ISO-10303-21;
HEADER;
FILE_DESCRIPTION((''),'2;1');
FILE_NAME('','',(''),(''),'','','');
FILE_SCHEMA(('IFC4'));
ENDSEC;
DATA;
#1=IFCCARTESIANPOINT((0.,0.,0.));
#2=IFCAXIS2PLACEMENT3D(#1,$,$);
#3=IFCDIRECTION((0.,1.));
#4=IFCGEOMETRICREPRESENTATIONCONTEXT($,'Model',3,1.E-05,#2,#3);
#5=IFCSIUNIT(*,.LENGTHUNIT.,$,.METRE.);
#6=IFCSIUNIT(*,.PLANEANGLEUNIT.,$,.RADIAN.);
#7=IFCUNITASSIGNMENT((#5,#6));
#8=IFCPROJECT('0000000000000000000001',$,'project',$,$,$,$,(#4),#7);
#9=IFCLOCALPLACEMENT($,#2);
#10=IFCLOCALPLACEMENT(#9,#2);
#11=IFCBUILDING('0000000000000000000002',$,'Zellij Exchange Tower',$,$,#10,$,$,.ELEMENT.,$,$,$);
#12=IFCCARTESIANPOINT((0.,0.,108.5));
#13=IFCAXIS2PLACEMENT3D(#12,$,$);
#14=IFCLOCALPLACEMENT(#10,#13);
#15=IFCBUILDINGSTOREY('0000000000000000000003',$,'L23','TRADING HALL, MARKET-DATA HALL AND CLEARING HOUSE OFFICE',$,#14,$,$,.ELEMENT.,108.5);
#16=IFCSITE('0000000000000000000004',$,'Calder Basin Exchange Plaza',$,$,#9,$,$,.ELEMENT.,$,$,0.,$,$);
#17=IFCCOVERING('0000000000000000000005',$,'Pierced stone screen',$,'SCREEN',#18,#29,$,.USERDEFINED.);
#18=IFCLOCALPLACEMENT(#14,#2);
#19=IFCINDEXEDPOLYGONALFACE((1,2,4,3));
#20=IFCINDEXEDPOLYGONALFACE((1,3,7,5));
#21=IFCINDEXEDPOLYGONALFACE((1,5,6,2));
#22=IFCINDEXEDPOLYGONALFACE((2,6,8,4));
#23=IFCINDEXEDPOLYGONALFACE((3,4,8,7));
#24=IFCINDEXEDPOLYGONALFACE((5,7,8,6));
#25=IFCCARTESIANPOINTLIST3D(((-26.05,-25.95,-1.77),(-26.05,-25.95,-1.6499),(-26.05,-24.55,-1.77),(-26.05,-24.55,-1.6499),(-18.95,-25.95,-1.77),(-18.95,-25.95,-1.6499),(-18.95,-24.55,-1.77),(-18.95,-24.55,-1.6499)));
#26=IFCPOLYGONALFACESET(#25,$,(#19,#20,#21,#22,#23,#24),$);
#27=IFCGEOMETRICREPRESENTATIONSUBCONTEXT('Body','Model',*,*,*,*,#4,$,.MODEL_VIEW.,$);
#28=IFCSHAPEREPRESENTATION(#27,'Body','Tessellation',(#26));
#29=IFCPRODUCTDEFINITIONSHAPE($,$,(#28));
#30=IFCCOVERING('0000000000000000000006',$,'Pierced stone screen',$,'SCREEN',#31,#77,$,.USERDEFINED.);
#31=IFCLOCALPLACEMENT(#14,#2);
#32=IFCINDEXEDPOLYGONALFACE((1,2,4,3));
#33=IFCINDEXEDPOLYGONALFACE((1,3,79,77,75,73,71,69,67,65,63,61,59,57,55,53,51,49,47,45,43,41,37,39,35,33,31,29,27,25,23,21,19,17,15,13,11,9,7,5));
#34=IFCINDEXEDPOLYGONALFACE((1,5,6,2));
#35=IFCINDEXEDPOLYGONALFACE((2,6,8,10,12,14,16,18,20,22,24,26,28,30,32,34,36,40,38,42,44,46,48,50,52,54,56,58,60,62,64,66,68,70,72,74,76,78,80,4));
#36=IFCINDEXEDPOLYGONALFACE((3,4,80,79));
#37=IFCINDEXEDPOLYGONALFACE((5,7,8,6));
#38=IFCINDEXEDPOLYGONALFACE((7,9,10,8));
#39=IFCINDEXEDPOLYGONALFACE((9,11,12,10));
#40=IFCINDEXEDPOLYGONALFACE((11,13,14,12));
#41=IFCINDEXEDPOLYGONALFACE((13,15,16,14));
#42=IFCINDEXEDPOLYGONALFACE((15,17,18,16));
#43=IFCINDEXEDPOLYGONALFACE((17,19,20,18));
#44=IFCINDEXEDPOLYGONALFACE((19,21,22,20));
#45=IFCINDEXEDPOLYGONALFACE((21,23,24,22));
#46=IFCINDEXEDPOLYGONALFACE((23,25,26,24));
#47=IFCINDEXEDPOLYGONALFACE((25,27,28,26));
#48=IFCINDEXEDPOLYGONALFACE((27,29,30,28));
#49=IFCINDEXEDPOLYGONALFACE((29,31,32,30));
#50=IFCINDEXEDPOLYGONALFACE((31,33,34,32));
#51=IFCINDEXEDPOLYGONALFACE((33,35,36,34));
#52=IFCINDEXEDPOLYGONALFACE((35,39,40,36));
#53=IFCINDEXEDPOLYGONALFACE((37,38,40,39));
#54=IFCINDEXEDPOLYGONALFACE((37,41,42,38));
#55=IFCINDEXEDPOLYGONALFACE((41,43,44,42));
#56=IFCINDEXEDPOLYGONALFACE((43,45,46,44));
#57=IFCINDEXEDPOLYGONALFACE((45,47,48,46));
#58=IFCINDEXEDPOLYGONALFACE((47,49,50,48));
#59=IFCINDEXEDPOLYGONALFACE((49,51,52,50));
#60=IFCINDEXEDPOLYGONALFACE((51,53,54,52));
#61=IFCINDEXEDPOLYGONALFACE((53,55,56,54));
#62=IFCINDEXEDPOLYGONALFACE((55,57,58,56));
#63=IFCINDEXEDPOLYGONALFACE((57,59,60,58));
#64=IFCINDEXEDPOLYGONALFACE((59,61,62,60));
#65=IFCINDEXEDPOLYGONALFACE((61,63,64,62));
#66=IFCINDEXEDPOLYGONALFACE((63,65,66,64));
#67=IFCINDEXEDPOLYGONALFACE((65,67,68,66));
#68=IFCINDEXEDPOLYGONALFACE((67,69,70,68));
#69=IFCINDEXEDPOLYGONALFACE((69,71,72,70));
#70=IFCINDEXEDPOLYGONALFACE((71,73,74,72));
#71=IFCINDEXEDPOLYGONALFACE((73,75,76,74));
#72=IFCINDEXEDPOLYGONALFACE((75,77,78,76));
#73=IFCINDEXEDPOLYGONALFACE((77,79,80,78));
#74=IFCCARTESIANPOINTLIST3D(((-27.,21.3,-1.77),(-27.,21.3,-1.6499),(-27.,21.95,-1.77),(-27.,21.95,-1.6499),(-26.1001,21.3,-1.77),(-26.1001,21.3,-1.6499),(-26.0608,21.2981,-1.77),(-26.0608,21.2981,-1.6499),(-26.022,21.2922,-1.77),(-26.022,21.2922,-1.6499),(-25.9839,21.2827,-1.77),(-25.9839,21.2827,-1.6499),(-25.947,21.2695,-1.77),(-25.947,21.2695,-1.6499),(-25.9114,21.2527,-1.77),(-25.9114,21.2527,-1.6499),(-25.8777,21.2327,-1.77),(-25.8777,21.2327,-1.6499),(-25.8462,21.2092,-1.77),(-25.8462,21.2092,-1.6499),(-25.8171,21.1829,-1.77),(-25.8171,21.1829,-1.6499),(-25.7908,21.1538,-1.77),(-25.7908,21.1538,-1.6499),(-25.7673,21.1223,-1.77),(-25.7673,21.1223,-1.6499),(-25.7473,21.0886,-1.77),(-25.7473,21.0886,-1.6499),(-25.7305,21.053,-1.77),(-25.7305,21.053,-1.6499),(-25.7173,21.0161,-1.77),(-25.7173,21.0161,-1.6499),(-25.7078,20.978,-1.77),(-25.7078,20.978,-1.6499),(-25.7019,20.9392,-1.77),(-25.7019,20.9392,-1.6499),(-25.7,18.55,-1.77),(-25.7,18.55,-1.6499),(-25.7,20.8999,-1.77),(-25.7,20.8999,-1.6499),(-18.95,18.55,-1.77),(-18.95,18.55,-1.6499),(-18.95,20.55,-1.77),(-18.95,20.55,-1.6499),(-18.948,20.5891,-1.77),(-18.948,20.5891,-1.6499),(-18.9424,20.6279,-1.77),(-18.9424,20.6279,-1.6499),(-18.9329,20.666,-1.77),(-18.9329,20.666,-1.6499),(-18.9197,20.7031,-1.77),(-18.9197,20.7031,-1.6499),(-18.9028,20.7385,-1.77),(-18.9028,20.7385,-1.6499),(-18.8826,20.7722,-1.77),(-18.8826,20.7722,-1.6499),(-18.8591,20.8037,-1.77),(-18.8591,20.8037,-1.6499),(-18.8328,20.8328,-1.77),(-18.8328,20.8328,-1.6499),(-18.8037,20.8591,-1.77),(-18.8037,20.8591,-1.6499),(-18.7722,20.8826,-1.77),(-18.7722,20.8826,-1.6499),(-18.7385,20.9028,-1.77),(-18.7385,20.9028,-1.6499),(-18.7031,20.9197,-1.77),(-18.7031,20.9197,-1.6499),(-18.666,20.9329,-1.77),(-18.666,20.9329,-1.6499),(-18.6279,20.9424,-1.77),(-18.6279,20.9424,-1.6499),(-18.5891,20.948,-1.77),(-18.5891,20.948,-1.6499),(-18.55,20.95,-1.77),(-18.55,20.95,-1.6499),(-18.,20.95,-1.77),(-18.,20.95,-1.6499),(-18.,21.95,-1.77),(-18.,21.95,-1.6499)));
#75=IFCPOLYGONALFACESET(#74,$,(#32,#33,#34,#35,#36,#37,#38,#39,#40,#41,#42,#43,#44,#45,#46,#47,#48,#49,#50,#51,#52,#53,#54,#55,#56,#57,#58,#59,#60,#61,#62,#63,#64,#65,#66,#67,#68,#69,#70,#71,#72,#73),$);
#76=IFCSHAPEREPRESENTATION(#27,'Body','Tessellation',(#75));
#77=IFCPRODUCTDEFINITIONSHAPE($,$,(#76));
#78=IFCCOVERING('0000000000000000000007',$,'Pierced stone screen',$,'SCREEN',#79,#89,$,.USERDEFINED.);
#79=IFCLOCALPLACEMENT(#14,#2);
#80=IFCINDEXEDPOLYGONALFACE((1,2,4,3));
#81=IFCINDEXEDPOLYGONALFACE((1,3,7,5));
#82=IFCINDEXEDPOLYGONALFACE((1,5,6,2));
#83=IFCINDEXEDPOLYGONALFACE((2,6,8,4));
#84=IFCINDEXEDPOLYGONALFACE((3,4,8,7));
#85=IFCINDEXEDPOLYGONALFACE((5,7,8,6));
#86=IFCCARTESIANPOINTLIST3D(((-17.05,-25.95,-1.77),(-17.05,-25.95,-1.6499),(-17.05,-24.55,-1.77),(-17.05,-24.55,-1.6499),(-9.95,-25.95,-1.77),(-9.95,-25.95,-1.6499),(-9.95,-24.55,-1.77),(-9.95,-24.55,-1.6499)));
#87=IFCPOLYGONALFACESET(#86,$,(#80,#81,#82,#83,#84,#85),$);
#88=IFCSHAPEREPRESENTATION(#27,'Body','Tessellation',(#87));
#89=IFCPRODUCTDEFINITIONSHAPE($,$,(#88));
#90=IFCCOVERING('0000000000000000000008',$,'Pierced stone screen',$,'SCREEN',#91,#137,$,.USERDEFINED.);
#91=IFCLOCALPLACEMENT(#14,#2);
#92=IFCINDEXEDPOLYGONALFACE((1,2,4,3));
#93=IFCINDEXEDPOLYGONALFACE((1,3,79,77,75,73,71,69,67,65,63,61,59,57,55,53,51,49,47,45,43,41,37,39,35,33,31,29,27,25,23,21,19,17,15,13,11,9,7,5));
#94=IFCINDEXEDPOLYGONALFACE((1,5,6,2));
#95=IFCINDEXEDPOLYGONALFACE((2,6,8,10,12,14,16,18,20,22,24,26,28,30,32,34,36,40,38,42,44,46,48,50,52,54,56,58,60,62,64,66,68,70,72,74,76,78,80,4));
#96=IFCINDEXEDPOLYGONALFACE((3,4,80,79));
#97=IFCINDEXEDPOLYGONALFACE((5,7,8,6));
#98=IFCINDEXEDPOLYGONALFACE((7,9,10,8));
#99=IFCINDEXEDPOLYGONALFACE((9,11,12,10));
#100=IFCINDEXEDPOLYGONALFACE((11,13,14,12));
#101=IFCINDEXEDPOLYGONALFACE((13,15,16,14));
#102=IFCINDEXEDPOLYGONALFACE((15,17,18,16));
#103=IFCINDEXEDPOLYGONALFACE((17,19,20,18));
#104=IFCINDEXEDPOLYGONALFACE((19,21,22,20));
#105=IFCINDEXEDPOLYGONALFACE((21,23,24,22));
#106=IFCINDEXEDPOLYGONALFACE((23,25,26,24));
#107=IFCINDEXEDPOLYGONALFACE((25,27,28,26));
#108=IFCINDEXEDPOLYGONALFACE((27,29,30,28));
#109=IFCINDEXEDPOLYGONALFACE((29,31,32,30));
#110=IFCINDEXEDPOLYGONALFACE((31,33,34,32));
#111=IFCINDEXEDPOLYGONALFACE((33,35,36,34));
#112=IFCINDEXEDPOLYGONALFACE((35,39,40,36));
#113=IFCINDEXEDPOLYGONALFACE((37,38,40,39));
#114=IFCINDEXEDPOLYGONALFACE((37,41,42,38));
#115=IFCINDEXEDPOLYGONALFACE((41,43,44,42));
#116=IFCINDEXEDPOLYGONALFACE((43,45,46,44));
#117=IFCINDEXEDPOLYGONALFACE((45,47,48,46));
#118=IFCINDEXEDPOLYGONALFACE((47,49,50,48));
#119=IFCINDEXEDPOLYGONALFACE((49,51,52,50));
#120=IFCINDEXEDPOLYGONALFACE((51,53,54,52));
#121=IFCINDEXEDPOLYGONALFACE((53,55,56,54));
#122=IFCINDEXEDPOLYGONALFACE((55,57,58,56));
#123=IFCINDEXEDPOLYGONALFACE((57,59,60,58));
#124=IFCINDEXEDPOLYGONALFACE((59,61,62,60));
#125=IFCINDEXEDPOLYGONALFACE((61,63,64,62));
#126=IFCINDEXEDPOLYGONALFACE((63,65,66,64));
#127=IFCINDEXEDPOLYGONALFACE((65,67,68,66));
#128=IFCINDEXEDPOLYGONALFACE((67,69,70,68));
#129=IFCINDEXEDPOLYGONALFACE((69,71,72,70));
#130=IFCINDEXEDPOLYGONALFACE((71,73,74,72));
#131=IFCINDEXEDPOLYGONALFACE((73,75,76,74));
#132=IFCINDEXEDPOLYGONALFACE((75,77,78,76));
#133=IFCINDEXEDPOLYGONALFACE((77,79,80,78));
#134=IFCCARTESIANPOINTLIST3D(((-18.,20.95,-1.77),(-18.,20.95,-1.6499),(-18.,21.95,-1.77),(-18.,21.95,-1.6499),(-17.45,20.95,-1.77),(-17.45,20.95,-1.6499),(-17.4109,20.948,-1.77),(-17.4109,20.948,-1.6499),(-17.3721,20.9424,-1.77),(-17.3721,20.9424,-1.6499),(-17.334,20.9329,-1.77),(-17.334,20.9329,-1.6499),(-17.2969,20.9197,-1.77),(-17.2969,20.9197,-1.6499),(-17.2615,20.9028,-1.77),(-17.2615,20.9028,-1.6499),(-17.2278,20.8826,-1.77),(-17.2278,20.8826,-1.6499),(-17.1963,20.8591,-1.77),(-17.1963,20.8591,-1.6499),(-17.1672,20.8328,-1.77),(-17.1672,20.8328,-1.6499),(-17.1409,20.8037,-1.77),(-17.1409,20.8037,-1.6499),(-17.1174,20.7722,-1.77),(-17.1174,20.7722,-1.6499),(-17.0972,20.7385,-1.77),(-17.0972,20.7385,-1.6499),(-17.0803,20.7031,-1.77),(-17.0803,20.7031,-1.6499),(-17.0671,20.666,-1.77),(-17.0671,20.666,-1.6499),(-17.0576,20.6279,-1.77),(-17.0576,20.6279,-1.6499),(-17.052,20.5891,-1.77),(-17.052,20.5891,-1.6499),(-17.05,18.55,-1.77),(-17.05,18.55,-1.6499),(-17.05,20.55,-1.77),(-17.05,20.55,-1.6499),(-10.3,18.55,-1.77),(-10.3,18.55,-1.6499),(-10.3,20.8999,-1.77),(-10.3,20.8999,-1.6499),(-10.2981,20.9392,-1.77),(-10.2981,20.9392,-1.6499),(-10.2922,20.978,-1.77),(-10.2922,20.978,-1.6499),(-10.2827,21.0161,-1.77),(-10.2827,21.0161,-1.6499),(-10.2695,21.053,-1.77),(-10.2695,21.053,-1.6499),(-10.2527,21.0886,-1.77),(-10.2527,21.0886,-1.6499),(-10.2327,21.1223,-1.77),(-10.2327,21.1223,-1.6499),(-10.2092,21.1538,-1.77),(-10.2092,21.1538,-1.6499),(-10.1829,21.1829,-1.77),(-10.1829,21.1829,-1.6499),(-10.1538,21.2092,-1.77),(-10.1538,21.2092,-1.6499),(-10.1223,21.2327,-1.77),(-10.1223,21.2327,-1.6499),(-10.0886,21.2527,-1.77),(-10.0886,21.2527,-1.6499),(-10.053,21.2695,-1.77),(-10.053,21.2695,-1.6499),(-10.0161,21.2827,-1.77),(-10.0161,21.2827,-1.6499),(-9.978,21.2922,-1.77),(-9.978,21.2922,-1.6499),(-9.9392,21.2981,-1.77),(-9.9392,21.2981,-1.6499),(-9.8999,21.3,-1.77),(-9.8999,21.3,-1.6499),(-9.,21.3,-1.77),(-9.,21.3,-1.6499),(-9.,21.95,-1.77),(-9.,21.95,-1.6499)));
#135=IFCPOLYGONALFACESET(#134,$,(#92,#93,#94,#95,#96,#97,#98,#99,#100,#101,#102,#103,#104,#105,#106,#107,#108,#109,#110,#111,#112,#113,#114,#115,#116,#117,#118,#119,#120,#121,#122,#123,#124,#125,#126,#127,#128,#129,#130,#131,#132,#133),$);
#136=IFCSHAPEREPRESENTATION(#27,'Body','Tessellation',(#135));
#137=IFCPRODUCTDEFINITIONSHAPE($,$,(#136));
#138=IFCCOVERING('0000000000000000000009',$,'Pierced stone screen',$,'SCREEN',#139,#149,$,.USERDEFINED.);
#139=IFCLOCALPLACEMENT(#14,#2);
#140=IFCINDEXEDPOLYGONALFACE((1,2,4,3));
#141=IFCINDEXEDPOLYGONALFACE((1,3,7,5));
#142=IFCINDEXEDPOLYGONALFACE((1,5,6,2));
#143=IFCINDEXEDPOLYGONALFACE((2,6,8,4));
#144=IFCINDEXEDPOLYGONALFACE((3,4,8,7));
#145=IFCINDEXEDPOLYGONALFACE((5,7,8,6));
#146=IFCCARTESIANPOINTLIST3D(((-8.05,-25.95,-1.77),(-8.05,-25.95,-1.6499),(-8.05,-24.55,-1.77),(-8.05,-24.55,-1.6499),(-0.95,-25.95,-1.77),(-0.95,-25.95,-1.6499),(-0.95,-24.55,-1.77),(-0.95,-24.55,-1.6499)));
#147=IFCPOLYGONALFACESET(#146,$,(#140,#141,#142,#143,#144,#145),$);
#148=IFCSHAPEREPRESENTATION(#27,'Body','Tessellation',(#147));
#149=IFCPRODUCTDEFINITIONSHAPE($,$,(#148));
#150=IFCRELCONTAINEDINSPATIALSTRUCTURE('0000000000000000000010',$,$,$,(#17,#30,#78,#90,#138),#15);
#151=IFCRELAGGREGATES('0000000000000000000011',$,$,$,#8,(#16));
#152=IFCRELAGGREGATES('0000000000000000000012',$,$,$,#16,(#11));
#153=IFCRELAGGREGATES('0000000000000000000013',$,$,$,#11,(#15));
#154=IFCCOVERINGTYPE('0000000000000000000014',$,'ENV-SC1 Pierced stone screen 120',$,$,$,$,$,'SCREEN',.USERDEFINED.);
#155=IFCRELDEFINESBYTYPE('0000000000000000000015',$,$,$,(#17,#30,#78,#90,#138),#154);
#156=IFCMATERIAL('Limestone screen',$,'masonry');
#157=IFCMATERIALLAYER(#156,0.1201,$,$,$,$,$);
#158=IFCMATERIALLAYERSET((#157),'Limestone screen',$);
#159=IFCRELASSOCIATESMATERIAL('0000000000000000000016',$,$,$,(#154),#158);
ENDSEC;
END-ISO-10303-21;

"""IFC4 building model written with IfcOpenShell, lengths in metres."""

from ifc_helpers import new_model, si_unit, direction, frame, origin, place, context, subcontext, project, spatial, polyline, outline, extrude, material, layer, layer_set, type_object, element, save


model = new_model("IFC4")

# Units and contexts
model_context = context("Model", 3, precision=1e-05, world=origin(), true_north=direction((0.0, 1.0)))
body_context = subcontext(model_context, "Body", "Model", "MODEL_VIEW")
ifc_project = project(units=[si_unit("LENGTHUNIT", "METRE"), si_unit("PLANEANGLEUNIT", "RADIAN")], contexts=[model_context])

# Site, building, storey
site_placement = place(None, origin())
site = spatial("IfcSite", under=ifc_project, at=site_placement, Name="Calder Basin Exchange Plaza", CompositionType="ELEMENT", RefElevation=0.0)
building_placement = place(site_placement, origin())
building = spatial("IfcBuilding", under=site, at=building_placement, Name="Zellij Exchange Tower", CompositionType="ELEMENT")
storey_placement = place(building_placement, frame((0.0, 0.0, 108.5)))
storey = spatial("IfcBuildingStorey", under=building, at=storey_placement, Name="L23", Description="TRADING HALL, MARKET-DATA HALL AND CLEARING HOUSE OFFICE", CompositionType="ELEMENT", Elevation=108.5)

# Coverings
ifc_material_1 = material(Name="Limestone screen", Category="masonry")
ifc_layer_1 = layer(ifc_material_1, 0.1201)
ifc_layer_set_1 = layer_set([ifc_layer_1], Name="Limestone screen")
covering_type_1 = type_object("IfcCoveringType", Name="ENV-SC1 Pierced stone screen 120", ElementType="SCREEN", PredefinedType="USERDEFINED", material=ifc_layer_set_1)
covering_1_placement = place(storey_placement, frame((0.0, 0.0, -1.77)))
element("IfcCovering", 1, at=covering_1_placement, inside=storey, type_object=covering_type_1, Name="Pierced stone screen", ObjectType="SCREEN", PredefinedType="USERDEFINED", context=body_context, shape_type="SweptSolid", body=[
    extrude(outline(polyline([(-26.05, -24.55), (-18.95, -24.55), (-18.95, -25.95), (-26.05, -25.95), (-26.05, -24.55)])), origin(), (0.0, 0.0, 1.0), 0.1201),
])
covering_2_placement = place(storey_placement, frame((0.0, 0.0, -1.77)))
element("IfcCovering", 2, at=covering_2_placement, inside=storey, type_object=covering_type_1, Name="Pierced stone screen", ObjectType="SCREEN", PredefinedType="USERDEFINED", context=body_context, shape_type="SweptSolid", body=[
    extrude(outline(polyline([(-18.55, 20.95), (-18.5891, 20.948), (-18.6279, 20.9424), (-18.666, 20.9329), (-18.7031, 20.9197), (-18.7385, 20.9028), (-18.7722, 20.8826), (-18.8037, 20.8591), (-18.8328, 20.8328), (-18.8591, 20.8037), (-18.8826, 20.7722), (-18.9028, 20.7385), (-18.9197, 20.7031), (-18.9329, 20.666), (-18.9424, 20.6279), (-18.948, 20.5891), (-18.95, 20.55), (-18.95, 18.55), (-25.7, 18.55), (-25.7, 20.8999), (-25.7019, 20.9392), (-25.7078, 20.978), (-25.7173, 21.0161), (-25.7305, 21.053), (-25.7473, 21.0886), (-25.7673, 21.1223), (-25.7908, 21.1538), (-25.8171, 21.1829), (-25.8462, 21.2092), (-25.8777, 21.2327), (-25.9114, 21.2527), (-25.947, 21.2695), (-25.9839, 21.2827), (-26.022, 21.2922), (-26.0608, 21.2981), (-26.1001, 21.3), (-27.0, 21.3), (-27.0, 21.95), (-18.0, 21.95), (-18.0, 20.95), (-18.55, 20.95)])), origin(), (0.0, 0.0, 1.0), 0.1201),
])
covering_3_placement = place(storey_placement, frame((0.0, 0.0, -1.77)))
element("IfcCovering", 3, at=covering_3_placement, inside=storey, type_object=covering_type_1, Name="Pierced stone screen", ObjectType="SCREEN", PredefinedType="USERDEFINED", context=body_context, shape_type="SweptSolid", body=[
    extrude(outline(polyline([(-17.05, -24.55), (-9.95, -24.55), (-9.95, -25.95), (-17.05, -25.95), (-17.05, -24.55)])), origin(), (0.0, 0.0, 1.0), 0.1201),
])
covering_4_placement = place(storey_placement, frame((0.0, 0.0, -1.77)))
element("IfcCovering", 4, at=covering_4_placement, inside=storey, type_object=covering_type_1, Name="Pierced stone screen", ObjectType="SCREEN", PredefinedType="USERDEFINED", context=body_context, shape_type="SweptSolid", body=[
    extrude(outline(polyline([(-9.8999, 21.3), (-9.9392, 21.2981), (-9.978, 21.2922), (-10.0161, 21.2827), (-10.053, 21.2695), (-10.0886, 21.2527), (-10.1223, 21.2327), (-10.1538, 21.2092), (-10.1829, 21.1829), (-10.2092, 21.1538), (-10.2327, 21.1223), (-10.2527, 21.0886), (-10.2695, 21.053), (-10.2827, 21.0161), (-10.2922, 20.978), (-10.2981, 20.9392), (-10.3, 20.8999), (-10.3, 18.55), (-17.05, 18.55), (-17.05, 20.55), (-17.052, 20.5891), (-17.0576, 20.6279), (-17.0671, 20.666), (-17.0803, 20.7031), (-17.0972, 20.7385), (-17.1174, 20.7722), (-17.1409, 20.8037), (-17.1672, 20.8328), (-17.1963, 20.8591), (-17.2278, 20.8826), (-17.2615, 20.9028), (-17.2969, 20.9197), (-17.334, 20.9329), (-17.3721, 20.9424), (-17.4109, 20.948), (-17.45, 20.95), (-18.0, 20.95), (-18.0, 21.95), (-9.0, 21.95), (-9.0, 21.3), (-9.8999, 21.3)])), origin(), (0.0, 0.0, 1.0), 0.1201),
])
covering_5_placement = place(storey_placement, frame((0.0, 0.0, -1.77)))
element("IfcCovering", 5, at=covering_5_placement, inside=storey, type_object=covering_type_1, Name="Pierced stone screen", ObjectType="SCREEN", PredefinedType="USERDEFINED", context=body_context, shape_type="SweptSolid", body=[
    extrude(outline(polyline([(-8.05, -24.55), (-0.95, -24.55), (-0.95, -25.95), (-8.05, -25.95), (-8.05, -24.55)])), origin(), (0.0, 0.0, 1.0), 0.1201),
])

save(model, "model.ifc")
